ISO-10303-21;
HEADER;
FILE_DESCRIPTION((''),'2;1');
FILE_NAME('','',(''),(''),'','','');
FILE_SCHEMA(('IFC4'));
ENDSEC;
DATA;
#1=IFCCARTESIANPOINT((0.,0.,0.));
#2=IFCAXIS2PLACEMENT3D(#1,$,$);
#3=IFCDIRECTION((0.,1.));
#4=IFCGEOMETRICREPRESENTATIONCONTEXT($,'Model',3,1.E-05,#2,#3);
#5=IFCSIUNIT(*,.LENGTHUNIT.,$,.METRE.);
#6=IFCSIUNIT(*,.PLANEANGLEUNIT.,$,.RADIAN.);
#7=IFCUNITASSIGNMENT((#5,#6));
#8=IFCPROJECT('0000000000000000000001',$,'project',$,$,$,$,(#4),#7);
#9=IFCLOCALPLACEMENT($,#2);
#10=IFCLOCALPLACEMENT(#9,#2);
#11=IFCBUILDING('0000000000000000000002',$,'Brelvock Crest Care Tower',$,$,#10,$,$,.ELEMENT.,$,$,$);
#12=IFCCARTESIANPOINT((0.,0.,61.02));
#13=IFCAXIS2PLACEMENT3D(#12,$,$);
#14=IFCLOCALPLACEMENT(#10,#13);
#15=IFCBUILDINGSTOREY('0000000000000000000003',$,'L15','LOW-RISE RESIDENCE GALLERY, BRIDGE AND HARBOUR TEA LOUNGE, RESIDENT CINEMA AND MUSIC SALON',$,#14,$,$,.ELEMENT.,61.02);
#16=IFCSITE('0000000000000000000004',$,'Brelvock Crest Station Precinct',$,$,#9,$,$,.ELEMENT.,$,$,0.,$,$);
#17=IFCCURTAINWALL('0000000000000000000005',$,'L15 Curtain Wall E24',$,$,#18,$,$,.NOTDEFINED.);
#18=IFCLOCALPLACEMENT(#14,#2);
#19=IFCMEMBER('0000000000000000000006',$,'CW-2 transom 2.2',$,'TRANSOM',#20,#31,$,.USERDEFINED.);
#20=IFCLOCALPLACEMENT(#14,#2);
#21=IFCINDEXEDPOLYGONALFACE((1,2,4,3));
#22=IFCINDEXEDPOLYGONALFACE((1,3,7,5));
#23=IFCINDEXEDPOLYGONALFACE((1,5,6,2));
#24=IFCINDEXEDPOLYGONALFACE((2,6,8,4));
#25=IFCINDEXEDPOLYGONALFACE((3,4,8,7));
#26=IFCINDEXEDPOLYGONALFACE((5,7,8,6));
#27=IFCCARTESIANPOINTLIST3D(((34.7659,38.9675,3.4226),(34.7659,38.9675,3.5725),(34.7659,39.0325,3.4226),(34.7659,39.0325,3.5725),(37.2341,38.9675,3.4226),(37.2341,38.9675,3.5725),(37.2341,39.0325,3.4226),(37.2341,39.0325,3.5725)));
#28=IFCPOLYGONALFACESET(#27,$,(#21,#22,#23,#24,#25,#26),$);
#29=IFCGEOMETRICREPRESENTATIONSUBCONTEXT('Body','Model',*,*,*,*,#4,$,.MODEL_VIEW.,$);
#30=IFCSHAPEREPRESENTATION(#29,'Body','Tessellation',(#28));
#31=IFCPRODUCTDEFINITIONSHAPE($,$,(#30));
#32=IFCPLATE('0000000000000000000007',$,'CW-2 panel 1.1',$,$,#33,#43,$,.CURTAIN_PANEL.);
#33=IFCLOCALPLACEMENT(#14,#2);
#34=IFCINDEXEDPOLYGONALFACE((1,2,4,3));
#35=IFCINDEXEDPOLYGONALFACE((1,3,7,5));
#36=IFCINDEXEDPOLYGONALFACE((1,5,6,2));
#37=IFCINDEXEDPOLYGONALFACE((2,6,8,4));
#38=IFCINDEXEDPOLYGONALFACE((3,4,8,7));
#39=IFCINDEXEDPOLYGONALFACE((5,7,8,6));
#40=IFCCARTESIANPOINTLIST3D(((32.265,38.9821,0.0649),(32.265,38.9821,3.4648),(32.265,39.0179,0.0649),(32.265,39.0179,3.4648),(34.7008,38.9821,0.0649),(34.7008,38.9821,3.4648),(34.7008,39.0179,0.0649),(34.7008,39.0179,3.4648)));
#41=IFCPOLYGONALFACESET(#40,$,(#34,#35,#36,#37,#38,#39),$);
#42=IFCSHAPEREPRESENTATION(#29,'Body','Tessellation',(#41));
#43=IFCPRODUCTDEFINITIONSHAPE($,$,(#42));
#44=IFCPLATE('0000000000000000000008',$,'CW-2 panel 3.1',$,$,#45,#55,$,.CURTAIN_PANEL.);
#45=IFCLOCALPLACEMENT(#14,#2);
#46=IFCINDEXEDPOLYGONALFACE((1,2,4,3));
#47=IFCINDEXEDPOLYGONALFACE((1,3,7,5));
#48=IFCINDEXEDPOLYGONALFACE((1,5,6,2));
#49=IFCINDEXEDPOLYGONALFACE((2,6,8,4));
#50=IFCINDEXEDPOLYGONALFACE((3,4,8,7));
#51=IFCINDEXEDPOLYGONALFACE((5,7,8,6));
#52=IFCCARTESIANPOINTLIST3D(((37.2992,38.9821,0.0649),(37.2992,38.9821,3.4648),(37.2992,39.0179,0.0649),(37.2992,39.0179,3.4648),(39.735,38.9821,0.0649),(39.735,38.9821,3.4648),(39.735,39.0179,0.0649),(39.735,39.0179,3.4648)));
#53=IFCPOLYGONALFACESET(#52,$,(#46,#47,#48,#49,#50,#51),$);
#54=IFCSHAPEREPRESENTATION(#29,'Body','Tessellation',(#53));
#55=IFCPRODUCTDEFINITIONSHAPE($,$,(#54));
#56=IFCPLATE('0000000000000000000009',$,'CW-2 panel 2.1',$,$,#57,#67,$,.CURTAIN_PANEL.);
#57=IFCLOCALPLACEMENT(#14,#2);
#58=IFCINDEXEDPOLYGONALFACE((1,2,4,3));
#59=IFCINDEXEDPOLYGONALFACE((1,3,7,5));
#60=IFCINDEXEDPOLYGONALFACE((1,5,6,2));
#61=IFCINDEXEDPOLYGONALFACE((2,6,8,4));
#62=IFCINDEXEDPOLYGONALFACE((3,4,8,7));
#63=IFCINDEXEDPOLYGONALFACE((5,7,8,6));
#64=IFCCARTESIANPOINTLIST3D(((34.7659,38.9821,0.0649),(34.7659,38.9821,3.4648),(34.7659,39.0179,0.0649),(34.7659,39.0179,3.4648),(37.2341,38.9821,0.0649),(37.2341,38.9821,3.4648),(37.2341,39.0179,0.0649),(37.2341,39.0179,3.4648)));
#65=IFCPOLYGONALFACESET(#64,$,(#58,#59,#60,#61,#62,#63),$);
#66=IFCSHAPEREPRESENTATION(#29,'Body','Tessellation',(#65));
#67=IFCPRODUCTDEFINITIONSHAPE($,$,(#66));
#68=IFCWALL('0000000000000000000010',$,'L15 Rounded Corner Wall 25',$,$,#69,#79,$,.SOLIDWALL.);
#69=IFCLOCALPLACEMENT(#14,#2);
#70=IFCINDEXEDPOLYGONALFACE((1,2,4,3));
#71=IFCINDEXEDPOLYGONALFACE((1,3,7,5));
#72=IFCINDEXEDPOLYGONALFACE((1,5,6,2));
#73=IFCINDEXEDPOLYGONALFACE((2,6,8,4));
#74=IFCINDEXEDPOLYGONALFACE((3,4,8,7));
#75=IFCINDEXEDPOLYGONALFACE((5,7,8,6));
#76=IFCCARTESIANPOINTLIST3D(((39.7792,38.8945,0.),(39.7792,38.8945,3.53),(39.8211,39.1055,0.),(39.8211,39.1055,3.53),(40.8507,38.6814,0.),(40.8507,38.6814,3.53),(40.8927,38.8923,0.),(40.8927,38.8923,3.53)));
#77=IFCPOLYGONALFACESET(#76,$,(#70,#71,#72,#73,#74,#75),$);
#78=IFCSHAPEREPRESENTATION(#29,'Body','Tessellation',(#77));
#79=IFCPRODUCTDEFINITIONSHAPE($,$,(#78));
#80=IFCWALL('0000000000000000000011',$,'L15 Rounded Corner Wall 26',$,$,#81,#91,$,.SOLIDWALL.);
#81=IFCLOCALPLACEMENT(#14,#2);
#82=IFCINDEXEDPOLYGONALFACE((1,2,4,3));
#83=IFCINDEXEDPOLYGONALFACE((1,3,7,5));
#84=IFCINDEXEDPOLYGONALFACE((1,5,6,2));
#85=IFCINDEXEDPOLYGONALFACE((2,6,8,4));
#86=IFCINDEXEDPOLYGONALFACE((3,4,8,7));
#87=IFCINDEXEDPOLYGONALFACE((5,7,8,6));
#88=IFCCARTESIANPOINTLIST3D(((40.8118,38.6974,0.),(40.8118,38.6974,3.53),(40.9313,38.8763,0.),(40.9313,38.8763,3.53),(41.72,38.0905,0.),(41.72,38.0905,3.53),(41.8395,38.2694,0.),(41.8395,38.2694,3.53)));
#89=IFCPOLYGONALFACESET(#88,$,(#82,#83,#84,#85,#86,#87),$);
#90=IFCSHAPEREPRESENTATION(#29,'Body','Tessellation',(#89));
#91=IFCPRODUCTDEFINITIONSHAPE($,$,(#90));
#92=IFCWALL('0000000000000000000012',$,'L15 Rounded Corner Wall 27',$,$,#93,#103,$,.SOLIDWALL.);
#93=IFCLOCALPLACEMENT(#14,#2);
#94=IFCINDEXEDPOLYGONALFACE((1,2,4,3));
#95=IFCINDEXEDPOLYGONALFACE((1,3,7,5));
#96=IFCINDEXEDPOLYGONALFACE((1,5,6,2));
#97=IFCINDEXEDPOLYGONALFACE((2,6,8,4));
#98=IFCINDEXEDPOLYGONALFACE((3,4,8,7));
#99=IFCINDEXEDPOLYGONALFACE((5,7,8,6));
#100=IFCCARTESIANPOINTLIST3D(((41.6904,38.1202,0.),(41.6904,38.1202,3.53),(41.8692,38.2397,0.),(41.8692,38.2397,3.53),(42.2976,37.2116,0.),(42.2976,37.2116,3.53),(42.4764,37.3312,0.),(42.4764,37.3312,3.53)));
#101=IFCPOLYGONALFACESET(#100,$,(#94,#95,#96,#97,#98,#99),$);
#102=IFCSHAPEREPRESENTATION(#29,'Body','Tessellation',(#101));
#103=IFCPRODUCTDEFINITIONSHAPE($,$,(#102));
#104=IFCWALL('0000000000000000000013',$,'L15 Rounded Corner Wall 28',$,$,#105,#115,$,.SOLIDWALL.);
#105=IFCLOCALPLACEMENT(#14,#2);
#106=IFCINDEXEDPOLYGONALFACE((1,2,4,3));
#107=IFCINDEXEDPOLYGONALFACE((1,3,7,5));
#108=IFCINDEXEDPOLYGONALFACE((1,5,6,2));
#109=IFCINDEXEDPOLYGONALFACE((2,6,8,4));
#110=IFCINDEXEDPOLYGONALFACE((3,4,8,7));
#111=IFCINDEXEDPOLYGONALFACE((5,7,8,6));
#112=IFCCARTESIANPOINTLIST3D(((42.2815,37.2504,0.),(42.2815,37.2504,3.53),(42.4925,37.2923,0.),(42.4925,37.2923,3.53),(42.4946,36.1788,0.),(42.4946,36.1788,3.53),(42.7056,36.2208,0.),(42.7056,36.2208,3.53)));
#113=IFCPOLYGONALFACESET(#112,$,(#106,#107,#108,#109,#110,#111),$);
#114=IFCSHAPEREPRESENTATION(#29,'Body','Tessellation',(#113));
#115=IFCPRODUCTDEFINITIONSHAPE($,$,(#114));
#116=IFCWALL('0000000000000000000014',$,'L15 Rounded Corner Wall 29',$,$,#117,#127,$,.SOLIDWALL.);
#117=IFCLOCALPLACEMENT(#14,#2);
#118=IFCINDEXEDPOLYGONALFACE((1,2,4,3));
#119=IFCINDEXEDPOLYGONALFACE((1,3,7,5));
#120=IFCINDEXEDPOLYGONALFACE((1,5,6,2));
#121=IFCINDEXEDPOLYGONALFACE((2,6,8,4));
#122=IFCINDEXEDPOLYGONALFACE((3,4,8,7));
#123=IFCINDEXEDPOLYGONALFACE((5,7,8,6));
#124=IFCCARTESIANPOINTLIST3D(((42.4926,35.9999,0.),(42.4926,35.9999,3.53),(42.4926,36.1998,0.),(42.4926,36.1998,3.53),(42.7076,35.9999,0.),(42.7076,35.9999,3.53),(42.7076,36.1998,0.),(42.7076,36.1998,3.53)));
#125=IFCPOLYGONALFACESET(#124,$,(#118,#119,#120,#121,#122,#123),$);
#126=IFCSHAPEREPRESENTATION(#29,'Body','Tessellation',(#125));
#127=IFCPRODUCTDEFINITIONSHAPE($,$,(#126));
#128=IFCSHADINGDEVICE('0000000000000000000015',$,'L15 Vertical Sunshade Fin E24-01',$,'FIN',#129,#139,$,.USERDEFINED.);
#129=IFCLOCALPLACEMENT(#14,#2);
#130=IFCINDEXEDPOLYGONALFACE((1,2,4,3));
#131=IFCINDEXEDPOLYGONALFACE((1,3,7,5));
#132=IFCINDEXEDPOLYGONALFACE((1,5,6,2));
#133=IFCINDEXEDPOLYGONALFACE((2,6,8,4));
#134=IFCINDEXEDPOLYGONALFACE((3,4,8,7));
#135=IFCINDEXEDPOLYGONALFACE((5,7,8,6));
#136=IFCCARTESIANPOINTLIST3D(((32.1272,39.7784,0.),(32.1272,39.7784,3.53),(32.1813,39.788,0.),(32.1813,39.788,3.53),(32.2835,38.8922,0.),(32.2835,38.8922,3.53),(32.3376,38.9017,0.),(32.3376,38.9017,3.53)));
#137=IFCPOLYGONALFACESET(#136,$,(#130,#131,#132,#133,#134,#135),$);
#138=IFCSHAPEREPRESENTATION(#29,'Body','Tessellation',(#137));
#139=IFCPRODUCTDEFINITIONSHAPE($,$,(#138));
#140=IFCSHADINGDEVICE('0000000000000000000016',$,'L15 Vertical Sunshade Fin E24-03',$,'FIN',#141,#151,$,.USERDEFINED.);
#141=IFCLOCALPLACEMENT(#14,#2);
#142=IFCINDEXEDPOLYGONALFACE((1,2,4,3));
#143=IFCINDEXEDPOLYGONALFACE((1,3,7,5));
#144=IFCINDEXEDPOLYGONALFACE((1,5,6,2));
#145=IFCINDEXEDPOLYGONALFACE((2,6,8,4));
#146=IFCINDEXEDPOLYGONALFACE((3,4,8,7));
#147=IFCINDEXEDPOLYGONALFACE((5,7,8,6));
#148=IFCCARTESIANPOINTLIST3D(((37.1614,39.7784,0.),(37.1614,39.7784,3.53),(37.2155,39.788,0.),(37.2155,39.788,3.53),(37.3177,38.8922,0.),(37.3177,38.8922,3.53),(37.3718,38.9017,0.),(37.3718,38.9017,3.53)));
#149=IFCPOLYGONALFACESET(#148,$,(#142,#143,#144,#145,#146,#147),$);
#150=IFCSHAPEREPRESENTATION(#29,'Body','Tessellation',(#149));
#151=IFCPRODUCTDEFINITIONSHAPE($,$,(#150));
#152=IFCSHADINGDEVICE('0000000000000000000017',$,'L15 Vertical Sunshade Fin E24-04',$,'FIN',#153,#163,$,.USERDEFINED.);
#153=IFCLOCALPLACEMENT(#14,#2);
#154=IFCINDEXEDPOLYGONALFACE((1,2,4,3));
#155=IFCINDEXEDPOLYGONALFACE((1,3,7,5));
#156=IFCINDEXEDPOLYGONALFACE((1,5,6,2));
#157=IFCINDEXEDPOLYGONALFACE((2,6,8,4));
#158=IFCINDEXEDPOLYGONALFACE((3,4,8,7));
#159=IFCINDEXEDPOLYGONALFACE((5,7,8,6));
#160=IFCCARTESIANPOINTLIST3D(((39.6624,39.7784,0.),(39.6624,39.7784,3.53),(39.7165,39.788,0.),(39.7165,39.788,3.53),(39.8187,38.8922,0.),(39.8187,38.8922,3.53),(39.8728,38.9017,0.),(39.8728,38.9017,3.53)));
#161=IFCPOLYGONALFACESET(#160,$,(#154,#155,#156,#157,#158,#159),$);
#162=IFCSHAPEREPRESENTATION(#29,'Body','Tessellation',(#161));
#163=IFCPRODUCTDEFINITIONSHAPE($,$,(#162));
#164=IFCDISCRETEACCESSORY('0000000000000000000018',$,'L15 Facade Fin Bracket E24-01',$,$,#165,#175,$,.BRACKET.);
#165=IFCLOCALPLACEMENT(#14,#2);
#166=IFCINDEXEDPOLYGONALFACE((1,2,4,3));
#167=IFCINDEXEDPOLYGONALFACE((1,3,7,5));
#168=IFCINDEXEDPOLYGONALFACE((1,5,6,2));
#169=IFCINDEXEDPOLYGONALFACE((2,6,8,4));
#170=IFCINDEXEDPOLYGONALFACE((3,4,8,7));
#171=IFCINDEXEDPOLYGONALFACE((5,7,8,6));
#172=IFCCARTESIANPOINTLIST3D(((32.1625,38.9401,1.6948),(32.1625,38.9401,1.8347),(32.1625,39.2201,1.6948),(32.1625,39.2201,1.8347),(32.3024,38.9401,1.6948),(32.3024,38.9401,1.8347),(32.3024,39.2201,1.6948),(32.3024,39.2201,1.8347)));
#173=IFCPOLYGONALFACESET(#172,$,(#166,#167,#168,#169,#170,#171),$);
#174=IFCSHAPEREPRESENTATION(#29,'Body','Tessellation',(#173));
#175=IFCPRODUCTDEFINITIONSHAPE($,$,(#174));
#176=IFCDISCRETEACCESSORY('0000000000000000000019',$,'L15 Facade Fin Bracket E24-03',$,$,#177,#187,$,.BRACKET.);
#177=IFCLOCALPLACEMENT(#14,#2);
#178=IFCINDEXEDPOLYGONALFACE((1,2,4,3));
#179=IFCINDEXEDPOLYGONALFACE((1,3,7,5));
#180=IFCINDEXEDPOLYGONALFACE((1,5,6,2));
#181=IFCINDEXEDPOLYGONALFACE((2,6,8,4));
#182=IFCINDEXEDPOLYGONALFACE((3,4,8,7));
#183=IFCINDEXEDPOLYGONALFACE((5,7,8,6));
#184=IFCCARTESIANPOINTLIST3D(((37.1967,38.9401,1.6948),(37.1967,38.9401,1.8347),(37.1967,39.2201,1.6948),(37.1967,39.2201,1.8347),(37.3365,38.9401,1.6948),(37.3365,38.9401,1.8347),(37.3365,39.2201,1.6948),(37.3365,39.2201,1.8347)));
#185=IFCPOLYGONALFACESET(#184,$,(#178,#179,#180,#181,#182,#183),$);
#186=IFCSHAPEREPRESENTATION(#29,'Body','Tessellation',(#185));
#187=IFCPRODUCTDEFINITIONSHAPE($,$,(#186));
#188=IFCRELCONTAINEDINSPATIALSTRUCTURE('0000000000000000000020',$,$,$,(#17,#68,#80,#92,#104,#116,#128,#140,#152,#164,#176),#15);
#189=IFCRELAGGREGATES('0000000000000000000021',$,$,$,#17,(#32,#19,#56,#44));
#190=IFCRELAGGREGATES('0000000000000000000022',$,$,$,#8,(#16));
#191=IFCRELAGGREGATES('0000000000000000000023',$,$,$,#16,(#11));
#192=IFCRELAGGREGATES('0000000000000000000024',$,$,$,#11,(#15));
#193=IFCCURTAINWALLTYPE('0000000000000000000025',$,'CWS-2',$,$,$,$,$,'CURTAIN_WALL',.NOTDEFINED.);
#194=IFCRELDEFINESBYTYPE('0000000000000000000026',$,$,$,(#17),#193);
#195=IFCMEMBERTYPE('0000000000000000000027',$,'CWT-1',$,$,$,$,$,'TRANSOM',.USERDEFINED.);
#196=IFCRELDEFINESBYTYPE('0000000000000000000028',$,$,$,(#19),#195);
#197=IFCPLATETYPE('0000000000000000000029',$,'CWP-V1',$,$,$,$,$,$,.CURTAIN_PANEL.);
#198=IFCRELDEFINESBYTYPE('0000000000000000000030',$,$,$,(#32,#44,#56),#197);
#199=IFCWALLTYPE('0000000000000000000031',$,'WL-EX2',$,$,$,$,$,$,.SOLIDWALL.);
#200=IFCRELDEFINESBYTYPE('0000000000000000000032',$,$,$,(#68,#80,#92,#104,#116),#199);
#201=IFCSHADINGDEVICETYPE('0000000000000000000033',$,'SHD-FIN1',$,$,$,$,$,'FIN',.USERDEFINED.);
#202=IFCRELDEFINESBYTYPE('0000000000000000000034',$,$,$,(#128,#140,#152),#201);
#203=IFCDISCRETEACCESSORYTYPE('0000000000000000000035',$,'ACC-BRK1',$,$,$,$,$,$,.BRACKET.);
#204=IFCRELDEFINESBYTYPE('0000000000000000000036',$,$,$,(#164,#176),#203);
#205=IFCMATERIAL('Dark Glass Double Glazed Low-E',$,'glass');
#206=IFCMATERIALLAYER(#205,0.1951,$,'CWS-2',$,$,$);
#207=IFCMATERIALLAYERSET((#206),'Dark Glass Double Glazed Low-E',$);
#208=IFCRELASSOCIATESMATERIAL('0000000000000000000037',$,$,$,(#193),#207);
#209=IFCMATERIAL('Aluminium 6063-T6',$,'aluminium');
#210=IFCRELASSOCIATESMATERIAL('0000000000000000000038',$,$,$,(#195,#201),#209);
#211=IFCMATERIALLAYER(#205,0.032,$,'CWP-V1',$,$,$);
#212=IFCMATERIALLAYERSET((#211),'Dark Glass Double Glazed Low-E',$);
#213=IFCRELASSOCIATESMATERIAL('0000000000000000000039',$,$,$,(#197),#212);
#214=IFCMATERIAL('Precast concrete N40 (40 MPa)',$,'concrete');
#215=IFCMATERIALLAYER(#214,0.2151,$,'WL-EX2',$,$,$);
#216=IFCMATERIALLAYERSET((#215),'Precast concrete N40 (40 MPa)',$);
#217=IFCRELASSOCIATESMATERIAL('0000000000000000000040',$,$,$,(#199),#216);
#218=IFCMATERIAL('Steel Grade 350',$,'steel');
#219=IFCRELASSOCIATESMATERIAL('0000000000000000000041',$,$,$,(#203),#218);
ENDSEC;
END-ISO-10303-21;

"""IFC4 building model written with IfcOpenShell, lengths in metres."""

from ifc_helpers import new_model, si_unit, direction, frame, frame_2d, origin, origin_2d, place, context, subcontext, project, spatial, rectangle, extrude, source, transform, mapped, material, layer, layer_set, material_profile, profile_set, type_object, element, aggregate, save


model = new_model("IFC4")

# Units and contexts
model_context = context("Model", 3, precision=1e-05, world=origin(), true_north=direction((0.0, 1.0)))
body_context = subcontext(model_context, "Body", "Model", "MODEL_VIEW")
ifc_project = project(units=[si_unit("LENGTHUNIT", "METRE"), si_unit("PLANEANGLEUNIT", "RADIAN")], contexts=[model_context])

# Site, building, storey
site_placement = place(None, origin())
site = spatial("IfcSite", under=ifc_project, at=site_placement, Name="Brelvock Crest Station Precinct", CompositionType="ELEMENT", RefElevation=0.0)
building_placement = place(site_placement, origin())
building = spatial("IfcBuilding", under=site, at=building_placement, Name="Brelvock Crest Care Tower", CompositionType="ELEMENT")
storey_placement = place(building_placement, frame((0.0, 0.0, 61.02)))
storey = spatial("IfcBuildingStorey", under=building, at=storey_placement, Name="L15", Description="LOW-RISE RESIDENCE GALLERY, BRIDGE AND HARBOUR TEA LOUNGE, RESIDENT CINEMA AND MUSIC SALON", CompositionType="ELEMENT", Elevation=61.02)

# Shared definitions
ifc_material_1 = material(Name="Steel Grade 350", Category="steel")

# Curtain wall
ifc_material_2 = material(Name="Dark Glass Double Glazed Low-E", Category="glass")
ifc_layer_1 = layer(ifc_material_2, 0.1951, Name="CWS-2")
ifc_layer_set_1 = layer_set([ifc_layer_1], Name="Dark Glass Double Glazed Low-E")
curtain_wall_type = type_object("IfcCurtainWallType", Name="CWS-2", ElementType="CURTAIN_WALL", PredefinedType="NOTDEFINED", material=ifc_layer_set_1)
curtain_wall_1_placement = place(storey_placement, origin())
curtain_wall_1 = element("IfcCurtainWall", 1, at=curtain_wall_1_placement, inside=storey, type_object=curtain_wall_type, Name="L15 Curtain Wall E24", PredefinedType="NOTDEFINED")
ifc_material_3 = material(Name="Aluminium 6063-T6", Category="aluminium")

# Member
ifc_material_profile_1 = material_profile(ifc_material_3, rectangle(XDim=0.0649, YDim=0.1499, at=origin_2d()), Name="ALU65x150")
ifc_profile_set_1 = profile_set([ifc_material_profile_1], Name="Aluminium 6063-T6")
member_type_1 = type_object("IfcMemberType", Name="CWT-1", ElementType="TRANSOM", PredefinedType="USERDEFINED", material=ifc_profile_set_1)
shared_shape_1 = source(origin(), body_context, "Body", "SweptSolid", [
    extrude(rectangle(XDim=0.0649, YDim=0.1499, at=origin_2d()), origin(), (0.0, 0.0, 1.0), 2.4683),
])
member_1_placement = place(storey_placement, frame((34.7659, 39.0, 3.4976), z_axis=(1.0, 0.0, 0.0), x_axis=(0.0, 1.0, 0.0)))
member_1 = element("IfcMember", 2, at=member_1_placement, type_object=member_type_1, Name="CW-2 transom 2.2", ObjectType="TRANSOM", PredefinedType="USERDEFINED", context=body_context, shape_type="MappedRepresentation", body=[
    mapped(shared_shape_1, transform((0.0, 0.0, 0.0), x_axis=(1.0, 0.0, 0.0), y_axis=(0.0, 1.0, 0.0), z_axis=(0.0, 0.0, 1.0), scale=1.0)),
])

# Plates
ifc_layer_2 = layer(ifc_material_2, 0.032, Name="CWP-V1")
ifc_layer_set_2 = layer_set([ifc_layer_2], Name="Dark Glass Double Glazed Low-E")
plate_type = type_object("IfcPlateType", Name="CWP-V1", PredefinedType="CURTAIN_PANEL", material=ifc_layer_set_2)
shared_shape_2 = source(origin(), body_context, "Body", "SweptSolid", [
    extrude(rectangle(XDim=2.4358, YDim=0.0359, at=origin_2d()), origin(), (0.0, 0.0, 1.0), 3.3999),
])
plate_1_placement = place(storey_placement, frame((33.4829, 39.0, 0.0649), z_axis=(0.0, 0.0, 1.0), x_axis=(1.0, 0.0, 0.0)))
plate_1 = element("IfcPlate", 3, at=plate_1_placement, type_object=plate_type, Name="CW-2 panel 1.1", PredefinedType="CURTAIN_PANEL", context=body_context, shape_type="MappedRepresentation", body=[
    mapped(shared_shape_2, transform((0.0, 0.0, 0.0), x_axis=(1.0, 0.0, 0.0), y_axis=(0.0, 1.0, 0.0), z_axis=(0.0, 0.0, 1.0), scale=1.0)),
])
plate_2_placement = place(storey_placement, frame((38.5171, 39.0, 0.0649), z_axis=(0.0, 0.0, 1.0), x_axis=(1.0, 0.0, 0.0)))
plate_2 = element("IfcPlate", 4, at=plate_2_placement, type_object=plate_type, Name="CW-2 panel 3.1", PredefinedType="CURTAIN_PANEL", context=body_context, shape_type="MappedRepresentation", body=[
    mapped(shared_shape_2, transform((0.0, 0.0, 0.0), x_axis=(1.0, 0.0, 0.0), y_axis=(0.0, 1.0, 0.0), z_axis=(0.0, 0.0, 1.0), scale=1.0)),
])
shared_shape_3 = source(origin(), body_context, "Body", "SweptSolid", [
    extrude(rectangle(XDim=2.4683, YDim=0.0359, at=origin_2d()), origin(), (0.0, 0.0, 1.0), 3.3999),
])
plate_3_placement = place(storey_placement, frame((36.0, 39.0, 0.0649), z_axis=(0.0, 0.0, 1.0), x_axis=(1.0, 0.0, 0.0)))
plate_3 = element("IfcPlate", 5, at=plate_3_placement, type_object=plate_type, Name="CW-2 panel 2.1", PredefinedType="CURTAIN_PANEL", context=body_context, shape_type="MappedRepresentation", body=[
    mapped(shared_shape_3, transform((0.0, 0.0, 0.0), x_axis=(1.0, 0.0, 0.0), y_axis=(0.0, 1.0, 0.0), z_axis=(0.0, 0.0, 1.0), scale=1.0)),
])
aggregate(curtain_wall_1, [plate_1, member_1, plate_3, plate_2])

# Walls
ifc_material_4 = material(Name="Precast concrete N40 (40 MPa)", Category="concrete")
ifc_layer_3 = layer(ifc_material_4, 0.2151, Name="WL-EX2")
ifc_layer_set_3 = layer_set([ifc_layer_3], Name="Precast concrete N40 (40 MPa)")
wall_type = type_object("IfcWallType", Name="WL-EX2", PredefinedType="SOLIDWALL", material=ifc_layer_set_3)
wall_1_placement = place(storey_placement, frame((39.8, 39.0, 0.0), z_axis=(0.0, 0.0, 1.0), x_axis=(0.980786, -0.195085, 0.0)))
element("IfcWall", 6, at=wall_1_placement, inside=storey, type_object=wall_type, Name="L15 Rounded Corner Wall 25", PredefinedType="SOLIDWALL", context=body_context, shape_type="SweptSolid", body=[
    extrude(rectangle(XDim=1.0925, YDim=0.2151, at=frame_2d((0.5464, 0.0))), origin(), (0.0, 0.0, 1.0), 3.53),
])
wall_2_placement = place(storey_placement, frame((40.8716, 38.7869, 0.0), z_axis=(0.0, 0.0, 1.0), x_axis=(0.831431, -0.555628, 0.0)))
element("IfcWall", 7, at=wall_2_placement, inside=storey, type_object=wall_type, Name="L15 Rounded Corner Wall 26", PredefinedType="SOLIDWALL", context=body_context, shape_type="SweptSolid", body=[
    extrude(rectangle(XDim=1.0923, YDim=0.2151, at=frame_2d((0.5461, 0.0))), origin(), (0.0, 0.0, 1.0), 3.53),
])
wall_3_placement = place(storey_placement, frame((41.7798, 38.1799, 0.0), z_axis=(0.0, 0.0, 1.0), x_axis=(0.555679, -0.831397, 0.0)))
element("IfcWall", 8, at=wall_3_placement, inside=storey, type_object=wall_type, Name="L15 Rounded Corner Wall 27", PredefinedType="SOLIDWALL", context=body_context, shape_type="SweptSolid", body=[
    extrude(rectangle(XDim=1.0928, YDim=0.2151, at=frame_2d((0.5464, 0.0))), origin(), (0.0, 0.0, 1.0), 3.53),
])
wall_4_placement = place(storey_placement, frame((42.387, 37.2715, 0.0), z_axis=(0.0, 0.0, 1.0), x_axis=(0.195085, -0.980786, 0.0)))
element("IfcWall", 9, at=wall_4_placement, inside=storey, type_object=wall_type, Name="L15 Rounded Corner Wall 28", PredefinedType="SOLIDWALL", context=body_context, shape_type="SweptSolid", body=[
    extrude(rectangle(XDim=1.0925, YDim=0.2151, at=frame_2d((0.5464, 0.0))), origin(), (0.0, 0.0, 1.0), 3.53),
])
wall_5_placement = place(storey_placement, frame((42.6001, 36.2, 0.0), z_axis=(0.0, 0.0, 1.0), x_axis=(0.0, -1.0, 0.0)))
element("IfcWall", 10, at=wall_5_placement, inside=storey, type_object=wall_type, Name="L15 Rounded Corner Wall 29", PredefinedType="SOLIDWALL", context=body_context, shape_type="SweptSolid", body=[
    extrude(rectangle(XDim=0.2, YDim=0.2151, at=frame_2d((0.1001, 0.0))), origin(), (0.0, 0.0, 1.0), 3.53),
])

# Shading devices
ifc_material_profile_2 = material_profile(ifc_material_3, rectangle(XDim=0.0549, YDim=0.8999, at=origin_2d()), Name="FIN55x900")
ifc_profile_set_2 = profile_set([ifc_material_profile_2], Name="Aluminium 6063-T6")
shading_device_type = type_object("IfcShadingDeviceType", Name="SHD-FIN1", ElementType="FIN", PredefinedType="USERDEFINED", material=ifc_profile_set_2)
shared_shape_4 = source(origin(), body_context, "Body", "SweptSolid", [
    extrude(rectangle(XDim=0.0549, YDim=0.8999, at=origin_2d()), origin(), (0.0, 0.0, 1.0), 3.53),
])
for number, where, z_axis, x_axis, name in (
    (11, (32.2324, 39.3401, 0.0), (0.0, 0.0, 1.0), (0.984808, 0.173648, 0.0), "L15 Vertical Sunshade Fin E24-01"),
    (12, (37.2666, 39.3401, 0.0), (0.0, 0.0, 1.0), (0.984808, 0.173648, 0.0), "L15 Vertical Sunshade Fin E24-03"),
    (13, (39.7676, 39.3401, 0.0), (0.0, 0.0, 1.0), (0.984808, 0.173648, 0.0), "L15 Vertical Sunshade Fin E24-04"),
):
    element("IfcShadingDevice", number, at=place(storey_placement, frame(where, z_axis=z_axis, x_axis=x_axis)), inside=storey, type_object=shading_device_type, Name=name, ObjectType="FIN", PredefinedType="USERDEFINED", context=body_context, shape_type="MappedRepresentation", body=[
        mapped(shared_shape_4, transform((0.0, 0.0, 0.0), x_axis=(1.0, 0.0, 0.0), y_axis=(0.0, 1.0, 0.0), z_axis=(0.0, 0.0, 1.0), scale=1.0)),
    ])

# Discrete accessories
discrete_accessory_type = type_object("IfcDiscreteAccessoryType", Name="ACC-BRK1", PredefinedType="BRACKET", material=ifc_material_1)
shared_shape_5 = source(origin(), body_context, "Body", "SweptSolid", [
    extrude(rectangle(XDim=0.28, YDim=0.1399, at=origin_2d()), origin(), (0.0, 0.0, 1.0), 0.1399),
])
for number, where, z_axis, x_axis, name in (
    (14, (32.2324, 39.0801, 1.6948), (0.0, 0.0, 1.0), (0.0, 1.0, 0.0), "L15 Facade Fin Bracket E24-01"),
    (15, (37.2666, 39.0801, 1.6948), (0.0, 0.0, 1.0), (0.0, 1.0, 0.0), "L15 Facade Fin Bracket E24-03"),
):
    element("IfcDiscreteAccessory", number, at=place(storey_placement, frame(where, z_axis=z_axis, x_axis=x_axis)), inside=storey, type_object=discrete_accessory_type, Name=name, PredefinedType="BRACKET", context=body_context, shape_type="MappedRepresentation", body=[
        mapped(shared_shape_5, transform((0.0, 0.0, 0.0), x_axis=(1.0, 0.0, 0.0), y_axis=(0.0, 1.0, 0.0), z_axis=(0.0, 0.0, 1.0), scale=1.0)),
    ])

save(model, "model.ifc")
